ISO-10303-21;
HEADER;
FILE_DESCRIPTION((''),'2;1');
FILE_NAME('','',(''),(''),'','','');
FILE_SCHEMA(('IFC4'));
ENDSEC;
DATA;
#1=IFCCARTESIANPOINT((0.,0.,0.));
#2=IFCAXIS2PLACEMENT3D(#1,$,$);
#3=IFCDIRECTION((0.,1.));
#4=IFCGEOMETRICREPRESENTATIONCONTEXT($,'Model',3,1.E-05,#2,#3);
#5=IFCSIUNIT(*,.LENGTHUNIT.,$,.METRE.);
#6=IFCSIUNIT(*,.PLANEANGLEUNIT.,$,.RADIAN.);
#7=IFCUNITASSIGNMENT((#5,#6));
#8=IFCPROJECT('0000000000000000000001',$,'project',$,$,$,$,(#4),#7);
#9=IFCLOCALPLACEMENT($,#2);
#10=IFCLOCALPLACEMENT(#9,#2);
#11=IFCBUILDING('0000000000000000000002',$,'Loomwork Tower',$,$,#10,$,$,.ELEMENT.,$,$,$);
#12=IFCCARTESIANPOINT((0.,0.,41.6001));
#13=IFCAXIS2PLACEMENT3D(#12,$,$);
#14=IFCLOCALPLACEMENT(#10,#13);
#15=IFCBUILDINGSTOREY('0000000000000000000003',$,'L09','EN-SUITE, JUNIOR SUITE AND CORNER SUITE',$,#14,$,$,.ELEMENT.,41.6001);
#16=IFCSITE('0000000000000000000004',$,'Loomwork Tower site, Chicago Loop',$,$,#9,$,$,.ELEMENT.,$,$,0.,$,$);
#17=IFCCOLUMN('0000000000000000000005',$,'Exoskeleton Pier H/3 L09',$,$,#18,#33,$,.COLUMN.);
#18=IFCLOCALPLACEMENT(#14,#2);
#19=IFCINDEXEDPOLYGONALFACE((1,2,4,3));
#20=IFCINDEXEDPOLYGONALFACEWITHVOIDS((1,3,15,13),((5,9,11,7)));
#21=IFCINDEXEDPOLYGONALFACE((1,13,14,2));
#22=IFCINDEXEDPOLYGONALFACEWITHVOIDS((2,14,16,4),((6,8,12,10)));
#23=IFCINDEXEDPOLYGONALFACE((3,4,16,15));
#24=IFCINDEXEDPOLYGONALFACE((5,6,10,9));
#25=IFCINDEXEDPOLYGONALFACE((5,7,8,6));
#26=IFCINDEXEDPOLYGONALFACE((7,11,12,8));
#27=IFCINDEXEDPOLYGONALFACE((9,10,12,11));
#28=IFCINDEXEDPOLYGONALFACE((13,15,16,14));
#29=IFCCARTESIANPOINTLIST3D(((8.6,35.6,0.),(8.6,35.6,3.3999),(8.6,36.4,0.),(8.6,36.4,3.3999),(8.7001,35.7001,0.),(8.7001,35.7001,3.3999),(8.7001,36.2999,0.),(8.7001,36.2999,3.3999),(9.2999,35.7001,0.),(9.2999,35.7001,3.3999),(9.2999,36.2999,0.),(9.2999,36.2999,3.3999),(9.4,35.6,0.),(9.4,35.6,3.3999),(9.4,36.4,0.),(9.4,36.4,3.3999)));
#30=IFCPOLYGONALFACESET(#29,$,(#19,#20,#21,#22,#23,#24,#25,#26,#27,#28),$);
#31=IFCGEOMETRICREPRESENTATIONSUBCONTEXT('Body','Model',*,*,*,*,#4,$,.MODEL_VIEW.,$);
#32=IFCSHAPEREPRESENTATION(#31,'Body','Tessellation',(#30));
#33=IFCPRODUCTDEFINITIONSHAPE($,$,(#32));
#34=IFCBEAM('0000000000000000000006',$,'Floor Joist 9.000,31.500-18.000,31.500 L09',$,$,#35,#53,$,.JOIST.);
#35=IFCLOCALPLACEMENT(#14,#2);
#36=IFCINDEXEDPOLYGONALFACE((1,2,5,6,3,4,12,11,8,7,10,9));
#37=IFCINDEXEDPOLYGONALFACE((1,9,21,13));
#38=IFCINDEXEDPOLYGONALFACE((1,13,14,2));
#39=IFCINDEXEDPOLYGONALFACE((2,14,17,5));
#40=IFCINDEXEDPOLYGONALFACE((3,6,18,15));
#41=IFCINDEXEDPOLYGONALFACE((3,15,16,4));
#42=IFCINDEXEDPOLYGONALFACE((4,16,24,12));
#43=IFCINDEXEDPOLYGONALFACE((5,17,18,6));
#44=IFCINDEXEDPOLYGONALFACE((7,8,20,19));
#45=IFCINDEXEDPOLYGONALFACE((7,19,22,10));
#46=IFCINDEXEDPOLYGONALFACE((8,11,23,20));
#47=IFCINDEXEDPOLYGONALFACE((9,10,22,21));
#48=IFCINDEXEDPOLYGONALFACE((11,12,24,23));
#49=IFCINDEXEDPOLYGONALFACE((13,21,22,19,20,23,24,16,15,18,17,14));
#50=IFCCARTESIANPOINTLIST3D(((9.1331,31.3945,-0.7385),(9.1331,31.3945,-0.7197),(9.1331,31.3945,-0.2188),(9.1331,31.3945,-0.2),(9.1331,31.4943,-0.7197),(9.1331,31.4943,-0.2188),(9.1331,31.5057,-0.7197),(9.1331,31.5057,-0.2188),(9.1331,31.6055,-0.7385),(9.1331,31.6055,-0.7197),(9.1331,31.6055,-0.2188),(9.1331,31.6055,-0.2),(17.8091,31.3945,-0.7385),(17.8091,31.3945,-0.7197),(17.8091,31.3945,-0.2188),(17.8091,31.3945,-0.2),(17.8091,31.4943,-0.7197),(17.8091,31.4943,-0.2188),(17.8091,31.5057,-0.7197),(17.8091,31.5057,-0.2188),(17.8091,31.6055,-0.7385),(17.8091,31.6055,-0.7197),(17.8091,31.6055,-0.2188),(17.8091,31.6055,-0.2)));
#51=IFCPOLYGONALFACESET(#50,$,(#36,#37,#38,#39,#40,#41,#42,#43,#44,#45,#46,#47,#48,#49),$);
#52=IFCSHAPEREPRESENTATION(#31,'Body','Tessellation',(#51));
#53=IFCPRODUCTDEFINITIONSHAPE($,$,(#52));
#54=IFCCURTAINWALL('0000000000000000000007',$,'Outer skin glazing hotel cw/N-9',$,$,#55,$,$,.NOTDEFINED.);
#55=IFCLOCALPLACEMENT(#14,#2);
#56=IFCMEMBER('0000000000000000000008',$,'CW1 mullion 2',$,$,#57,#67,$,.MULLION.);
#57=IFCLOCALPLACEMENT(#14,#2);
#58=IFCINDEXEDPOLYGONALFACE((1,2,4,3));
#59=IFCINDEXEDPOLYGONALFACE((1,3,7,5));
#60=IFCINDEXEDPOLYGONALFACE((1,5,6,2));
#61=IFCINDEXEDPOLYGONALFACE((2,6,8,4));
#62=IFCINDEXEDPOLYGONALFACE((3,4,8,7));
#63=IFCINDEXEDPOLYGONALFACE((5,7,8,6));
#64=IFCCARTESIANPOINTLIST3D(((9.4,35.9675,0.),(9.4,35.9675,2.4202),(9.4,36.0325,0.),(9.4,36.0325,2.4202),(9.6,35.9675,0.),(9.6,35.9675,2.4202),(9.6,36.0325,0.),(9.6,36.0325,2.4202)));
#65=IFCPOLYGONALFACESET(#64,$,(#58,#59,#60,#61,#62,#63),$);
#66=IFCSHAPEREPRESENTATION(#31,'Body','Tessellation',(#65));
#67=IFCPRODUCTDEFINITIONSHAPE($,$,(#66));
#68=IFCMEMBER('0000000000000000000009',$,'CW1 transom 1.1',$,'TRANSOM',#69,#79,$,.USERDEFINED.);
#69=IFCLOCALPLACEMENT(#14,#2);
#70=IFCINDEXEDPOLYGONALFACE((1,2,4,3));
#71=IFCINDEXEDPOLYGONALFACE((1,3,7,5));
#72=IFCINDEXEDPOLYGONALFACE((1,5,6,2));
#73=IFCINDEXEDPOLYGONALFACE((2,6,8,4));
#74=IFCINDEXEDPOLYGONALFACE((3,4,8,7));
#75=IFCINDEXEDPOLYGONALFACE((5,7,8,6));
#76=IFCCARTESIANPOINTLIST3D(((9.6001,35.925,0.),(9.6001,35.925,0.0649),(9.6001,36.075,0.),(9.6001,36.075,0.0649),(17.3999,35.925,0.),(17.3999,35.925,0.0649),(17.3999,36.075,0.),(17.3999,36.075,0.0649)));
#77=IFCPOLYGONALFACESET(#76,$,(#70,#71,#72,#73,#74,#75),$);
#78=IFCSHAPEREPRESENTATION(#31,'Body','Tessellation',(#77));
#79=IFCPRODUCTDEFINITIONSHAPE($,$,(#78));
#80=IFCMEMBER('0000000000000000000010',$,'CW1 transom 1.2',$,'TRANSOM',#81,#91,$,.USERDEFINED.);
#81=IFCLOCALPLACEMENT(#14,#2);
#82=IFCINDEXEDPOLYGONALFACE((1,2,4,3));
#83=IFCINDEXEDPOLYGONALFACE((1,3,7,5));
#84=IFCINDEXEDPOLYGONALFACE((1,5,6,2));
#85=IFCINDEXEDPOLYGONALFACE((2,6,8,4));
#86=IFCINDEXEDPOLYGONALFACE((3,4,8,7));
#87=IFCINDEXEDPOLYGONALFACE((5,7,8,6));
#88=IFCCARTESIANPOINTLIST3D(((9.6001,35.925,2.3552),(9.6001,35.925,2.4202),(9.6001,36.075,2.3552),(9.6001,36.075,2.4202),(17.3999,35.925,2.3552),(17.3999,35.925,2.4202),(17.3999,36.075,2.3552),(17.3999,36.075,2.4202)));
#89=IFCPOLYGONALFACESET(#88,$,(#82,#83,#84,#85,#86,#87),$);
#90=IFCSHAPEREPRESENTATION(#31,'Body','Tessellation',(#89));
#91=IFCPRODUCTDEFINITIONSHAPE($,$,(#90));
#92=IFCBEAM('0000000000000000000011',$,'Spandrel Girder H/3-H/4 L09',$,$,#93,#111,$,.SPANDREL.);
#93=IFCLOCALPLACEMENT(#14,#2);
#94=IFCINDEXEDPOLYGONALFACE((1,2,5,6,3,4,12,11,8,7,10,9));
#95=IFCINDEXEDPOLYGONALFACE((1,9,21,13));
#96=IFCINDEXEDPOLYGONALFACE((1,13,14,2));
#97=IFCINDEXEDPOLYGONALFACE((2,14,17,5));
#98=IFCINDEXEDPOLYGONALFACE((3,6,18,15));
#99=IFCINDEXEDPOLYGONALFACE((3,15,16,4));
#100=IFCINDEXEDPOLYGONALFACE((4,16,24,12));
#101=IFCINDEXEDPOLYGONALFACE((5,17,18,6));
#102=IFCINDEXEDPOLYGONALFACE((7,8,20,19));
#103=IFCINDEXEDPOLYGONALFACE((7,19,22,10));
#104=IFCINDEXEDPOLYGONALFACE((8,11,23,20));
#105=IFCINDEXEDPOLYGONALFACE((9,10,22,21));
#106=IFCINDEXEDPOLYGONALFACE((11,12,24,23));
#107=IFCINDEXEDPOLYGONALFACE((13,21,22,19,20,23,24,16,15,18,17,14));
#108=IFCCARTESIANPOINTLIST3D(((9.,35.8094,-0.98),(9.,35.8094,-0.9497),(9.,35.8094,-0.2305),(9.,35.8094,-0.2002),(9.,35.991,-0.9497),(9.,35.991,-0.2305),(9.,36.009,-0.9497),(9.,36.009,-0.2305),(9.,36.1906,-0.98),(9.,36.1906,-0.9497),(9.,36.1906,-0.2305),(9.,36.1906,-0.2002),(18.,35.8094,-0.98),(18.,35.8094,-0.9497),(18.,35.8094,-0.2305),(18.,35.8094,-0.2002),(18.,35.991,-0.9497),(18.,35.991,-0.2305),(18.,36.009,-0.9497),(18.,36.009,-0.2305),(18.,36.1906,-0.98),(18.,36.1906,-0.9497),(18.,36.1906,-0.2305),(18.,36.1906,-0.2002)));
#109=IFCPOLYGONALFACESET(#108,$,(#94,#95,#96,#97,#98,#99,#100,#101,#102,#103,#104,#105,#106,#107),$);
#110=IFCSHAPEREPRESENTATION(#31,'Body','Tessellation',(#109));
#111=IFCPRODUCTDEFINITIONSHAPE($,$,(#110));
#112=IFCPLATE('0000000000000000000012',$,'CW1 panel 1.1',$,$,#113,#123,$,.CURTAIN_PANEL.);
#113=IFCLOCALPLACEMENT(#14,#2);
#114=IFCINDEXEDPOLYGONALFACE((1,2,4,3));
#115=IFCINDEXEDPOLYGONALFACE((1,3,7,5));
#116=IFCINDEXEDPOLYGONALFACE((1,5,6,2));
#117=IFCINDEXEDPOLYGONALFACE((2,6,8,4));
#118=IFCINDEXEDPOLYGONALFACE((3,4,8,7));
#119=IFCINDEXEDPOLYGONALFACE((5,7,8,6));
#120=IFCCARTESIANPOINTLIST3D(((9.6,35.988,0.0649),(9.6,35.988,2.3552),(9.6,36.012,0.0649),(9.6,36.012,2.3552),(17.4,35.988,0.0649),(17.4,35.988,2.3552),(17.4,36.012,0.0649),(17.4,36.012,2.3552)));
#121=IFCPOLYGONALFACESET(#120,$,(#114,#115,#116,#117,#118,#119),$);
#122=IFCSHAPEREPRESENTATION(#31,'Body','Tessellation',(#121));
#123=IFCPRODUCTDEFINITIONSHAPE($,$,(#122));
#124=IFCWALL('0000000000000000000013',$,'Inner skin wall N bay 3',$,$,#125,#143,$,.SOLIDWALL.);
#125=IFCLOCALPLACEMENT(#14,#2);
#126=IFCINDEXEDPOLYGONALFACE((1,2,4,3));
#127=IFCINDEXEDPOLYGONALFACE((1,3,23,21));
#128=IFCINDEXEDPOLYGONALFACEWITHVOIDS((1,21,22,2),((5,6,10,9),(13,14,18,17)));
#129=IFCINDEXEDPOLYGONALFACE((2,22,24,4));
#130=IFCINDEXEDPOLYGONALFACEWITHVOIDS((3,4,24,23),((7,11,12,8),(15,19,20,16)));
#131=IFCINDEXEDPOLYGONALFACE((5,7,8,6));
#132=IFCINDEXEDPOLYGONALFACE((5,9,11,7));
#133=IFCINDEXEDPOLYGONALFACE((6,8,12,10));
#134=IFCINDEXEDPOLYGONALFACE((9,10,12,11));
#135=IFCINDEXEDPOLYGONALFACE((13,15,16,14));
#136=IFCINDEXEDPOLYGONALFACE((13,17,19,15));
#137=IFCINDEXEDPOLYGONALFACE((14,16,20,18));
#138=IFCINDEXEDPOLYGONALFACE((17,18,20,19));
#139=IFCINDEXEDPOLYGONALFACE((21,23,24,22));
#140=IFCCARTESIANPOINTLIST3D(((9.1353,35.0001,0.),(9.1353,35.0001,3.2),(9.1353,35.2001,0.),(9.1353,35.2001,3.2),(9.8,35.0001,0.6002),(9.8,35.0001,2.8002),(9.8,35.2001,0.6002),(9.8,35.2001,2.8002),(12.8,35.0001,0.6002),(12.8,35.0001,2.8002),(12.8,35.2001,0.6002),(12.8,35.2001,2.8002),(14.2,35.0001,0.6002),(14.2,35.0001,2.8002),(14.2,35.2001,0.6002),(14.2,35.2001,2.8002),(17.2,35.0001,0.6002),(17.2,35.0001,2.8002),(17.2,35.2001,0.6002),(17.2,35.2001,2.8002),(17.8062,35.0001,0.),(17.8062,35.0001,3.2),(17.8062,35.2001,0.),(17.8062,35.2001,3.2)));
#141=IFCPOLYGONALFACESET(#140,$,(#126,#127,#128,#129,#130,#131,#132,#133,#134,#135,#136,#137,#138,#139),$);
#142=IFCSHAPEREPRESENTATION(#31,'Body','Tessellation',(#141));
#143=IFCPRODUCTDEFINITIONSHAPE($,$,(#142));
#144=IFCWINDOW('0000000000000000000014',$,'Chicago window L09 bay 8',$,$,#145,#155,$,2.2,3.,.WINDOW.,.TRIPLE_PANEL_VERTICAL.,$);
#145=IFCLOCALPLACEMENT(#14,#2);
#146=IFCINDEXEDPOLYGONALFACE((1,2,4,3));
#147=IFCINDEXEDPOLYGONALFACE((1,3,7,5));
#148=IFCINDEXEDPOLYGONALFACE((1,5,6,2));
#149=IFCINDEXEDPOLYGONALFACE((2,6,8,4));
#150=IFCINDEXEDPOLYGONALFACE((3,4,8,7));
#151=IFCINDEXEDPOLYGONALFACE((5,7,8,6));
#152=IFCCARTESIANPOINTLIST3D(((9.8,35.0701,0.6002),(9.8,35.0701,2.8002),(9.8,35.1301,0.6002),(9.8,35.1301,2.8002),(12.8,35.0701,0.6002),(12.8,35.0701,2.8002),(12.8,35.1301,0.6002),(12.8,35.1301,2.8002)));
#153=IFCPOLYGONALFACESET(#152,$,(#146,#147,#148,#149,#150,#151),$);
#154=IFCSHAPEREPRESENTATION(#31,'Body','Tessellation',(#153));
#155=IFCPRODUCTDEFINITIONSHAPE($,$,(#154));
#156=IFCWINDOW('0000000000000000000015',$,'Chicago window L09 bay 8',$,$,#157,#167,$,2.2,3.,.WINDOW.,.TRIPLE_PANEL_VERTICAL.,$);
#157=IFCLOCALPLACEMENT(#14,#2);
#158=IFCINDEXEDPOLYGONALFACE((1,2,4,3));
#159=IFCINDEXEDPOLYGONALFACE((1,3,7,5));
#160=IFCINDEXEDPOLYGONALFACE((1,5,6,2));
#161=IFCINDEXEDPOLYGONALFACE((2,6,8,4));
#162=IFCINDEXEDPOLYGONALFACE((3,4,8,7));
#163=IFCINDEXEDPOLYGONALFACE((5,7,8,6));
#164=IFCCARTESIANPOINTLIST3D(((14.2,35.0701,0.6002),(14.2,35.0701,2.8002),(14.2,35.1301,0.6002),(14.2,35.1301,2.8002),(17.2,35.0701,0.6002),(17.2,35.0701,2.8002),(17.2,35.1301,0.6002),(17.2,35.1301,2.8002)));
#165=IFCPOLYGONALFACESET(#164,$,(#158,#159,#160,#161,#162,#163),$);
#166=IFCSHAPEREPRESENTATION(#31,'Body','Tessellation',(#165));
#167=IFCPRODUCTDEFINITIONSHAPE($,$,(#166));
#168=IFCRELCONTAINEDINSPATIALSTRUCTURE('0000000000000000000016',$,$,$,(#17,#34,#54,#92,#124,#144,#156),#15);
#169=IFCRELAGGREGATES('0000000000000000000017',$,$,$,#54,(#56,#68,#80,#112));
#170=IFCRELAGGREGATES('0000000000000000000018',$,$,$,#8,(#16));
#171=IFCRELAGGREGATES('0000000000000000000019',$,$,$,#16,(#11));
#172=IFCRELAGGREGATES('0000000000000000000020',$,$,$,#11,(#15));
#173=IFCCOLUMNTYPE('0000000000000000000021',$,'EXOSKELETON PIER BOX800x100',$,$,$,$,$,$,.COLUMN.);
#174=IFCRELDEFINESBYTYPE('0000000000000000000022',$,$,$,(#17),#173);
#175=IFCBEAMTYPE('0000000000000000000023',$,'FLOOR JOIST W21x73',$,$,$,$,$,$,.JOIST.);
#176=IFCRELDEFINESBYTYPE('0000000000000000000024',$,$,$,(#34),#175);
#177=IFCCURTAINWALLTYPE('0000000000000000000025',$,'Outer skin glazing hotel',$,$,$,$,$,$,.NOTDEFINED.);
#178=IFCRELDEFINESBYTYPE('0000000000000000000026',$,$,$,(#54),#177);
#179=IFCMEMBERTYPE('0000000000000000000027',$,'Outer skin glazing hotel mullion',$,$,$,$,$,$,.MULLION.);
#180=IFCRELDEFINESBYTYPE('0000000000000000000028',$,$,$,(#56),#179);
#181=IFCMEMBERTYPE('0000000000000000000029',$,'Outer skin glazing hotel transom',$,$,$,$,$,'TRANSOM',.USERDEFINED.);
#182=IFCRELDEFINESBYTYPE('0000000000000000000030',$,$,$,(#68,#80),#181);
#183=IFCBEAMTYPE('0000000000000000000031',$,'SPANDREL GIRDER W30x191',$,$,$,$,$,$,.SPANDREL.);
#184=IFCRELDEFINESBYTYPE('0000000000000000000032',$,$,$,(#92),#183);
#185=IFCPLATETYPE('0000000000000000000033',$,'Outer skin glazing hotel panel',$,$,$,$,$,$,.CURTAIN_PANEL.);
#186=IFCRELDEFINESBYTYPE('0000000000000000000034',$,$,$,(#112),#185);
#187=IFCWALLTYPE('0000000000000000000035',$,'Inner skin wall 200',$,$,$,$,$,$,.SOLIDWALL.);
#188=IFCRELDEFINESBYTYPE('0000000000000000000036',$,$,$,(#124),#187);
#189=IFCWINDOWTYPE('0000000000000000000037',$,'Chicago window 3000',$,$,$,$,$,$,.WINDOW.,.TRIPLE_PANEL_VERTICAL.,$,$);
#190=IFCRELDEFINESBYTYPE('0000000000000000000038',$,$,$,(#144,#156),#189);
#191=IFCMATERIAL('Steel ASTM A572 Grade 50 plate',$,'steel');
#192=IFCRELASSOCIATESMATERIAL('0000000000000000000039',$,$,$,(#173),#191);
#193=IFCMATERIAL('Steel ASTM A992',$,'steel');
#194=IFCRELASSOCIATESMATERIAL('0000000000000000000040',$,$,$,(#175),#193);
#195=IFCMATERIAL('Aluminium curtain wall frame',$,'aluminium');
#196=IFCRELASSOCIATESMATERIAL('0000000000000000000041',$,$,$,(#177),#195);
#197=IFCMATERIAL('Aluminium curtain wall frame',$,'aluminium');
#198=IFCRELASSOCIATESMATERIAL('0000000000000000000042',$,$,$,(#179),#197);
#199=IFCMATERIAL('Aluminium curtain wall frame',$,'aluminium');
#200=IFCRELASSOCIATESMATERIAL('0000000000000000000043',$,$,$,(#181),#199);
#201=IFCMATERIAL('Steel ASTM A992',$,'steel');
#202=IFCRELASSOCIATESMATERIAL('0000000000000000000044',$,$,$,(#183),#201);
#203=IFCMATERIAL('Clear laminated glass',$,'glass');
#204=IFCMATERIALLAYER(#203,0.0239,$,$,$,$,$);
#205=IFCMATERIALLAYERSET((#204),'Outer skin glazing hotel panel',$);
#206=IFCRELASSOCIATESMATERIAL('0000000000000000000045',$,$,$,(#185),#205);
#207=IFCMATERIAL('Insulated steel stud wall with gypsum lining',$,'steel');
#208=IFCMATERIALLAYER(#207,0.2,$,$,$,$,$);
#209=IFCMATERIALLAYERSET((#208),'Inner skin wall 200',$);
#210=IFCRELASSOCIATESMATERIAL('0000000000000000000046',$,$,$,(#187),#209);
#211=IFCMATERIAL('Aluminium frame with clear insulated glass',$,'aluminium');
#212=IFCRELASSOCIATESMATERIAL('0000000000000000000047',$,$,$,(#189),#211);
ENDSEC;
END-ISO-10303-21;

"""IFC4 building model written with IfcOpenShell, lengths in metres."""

from ifc_helpers import new_model, si_unit, direction, frame, frame_2d, origin, origin_2d, place, context, subcontext, project, spatial, rectangle, hollow_rectangle, i_section, extrude, material, layer, layer_set, material_profile, profile_set, type_object, element, fill, aggregate, save


model = new_model("IFC4")

# Units and contexts
model_context = context("Model", 3, precision=1e-05, world=origin(), true_north=direction((0.0, 1.0)))
body_context = subcontext(model_context, "Body", "Model", "MODEL_VIEW")
ifc_project = project(units=[si_unit("LENGTHUNIT", "METRE"), si_unit("PLANEANGLEUNIT", "RADIAN")], contexts=[model_context])

# Site, building, storey
site_placement = place(None, origin())
site = spatial("IfcSite", under=ifc_project, at=site_placement, Name="Loomwork Tower site, Chicago Loop", CompositionType="ELEMENT", RefElevation=0.0)
building_placement = place(site_placement, origin())
building = spatial("IfcBuilding", under=site, at=building_placement, Name="Loomwork Tower", CompositionType="ELEMENT")
storey_placement = place(building_placement, frame((0.0, 0.0, 41.6001)))
storey = spatial("IfcBuildingStorey", under=building, at=storey_placement, Name="L09", Description="EN-SUITE, JUNIOR SUITE AND CORNER SUITE", CompositionType="ELEMENT", Elevation=41.6001)

# Column
ifc_material_1 = material(Name="Steel ASTM A572 Grade 50 plate", Category="steel")
ifc_material_profile_1 = material_profile(ifc_material_1, hollow_rectangle(XDim=0.8, YDim=0.8, WallThickness=0.1001, at=origin_2d()), Name="BOX800x100")
ifc_profile_set_1 = profile_set([ifc_material_profile_1], Name="Steel ASTM A572 Grade 50 plate")
column_type = type_object("IfcColumnType", Name="EXOSKELETON PIER BOX800x100", PredefinedType="COLUMN", material=ifc_profile_set_1)
column_placement = place(storey_placement, frame((9.0, 36.0, 0.0), z_axis=(0.0, 0.0, 1.0), x_axis=(1.0, 0.0, 0.0)))
element("IfcColumn", 1, at=column_placement, inside=storey, type_object=column_type, Name="Exoskeleton Pier H/3 L09", PredefinedType="COLUMN", context=body_context, shape_type="SweptSolid", body=[
    extrude(hollow_rectangle(XDim=0.8, YDim=0.8, WallThickness=0.1001, at=origin_2d()), origin(), (0.0, 0.0, 1.0), 3.3999),
])

# Beam
ifc_material_2 = material(Name="Steel ASTM A992", Category="steel")
ifc_material_profile_2 = material_profile(ifc_material_2, i_section(OverallWidth=0.2109, OverallDepth=0.5386, WebThickness=0.0115, FlangeThickness=0.0188, at=origin_2d()), Name="W21x73")
ifc_profile_set_2 = profile_set([ifc_material_profile_2], Name="Steel ASTM A992")
beam_type_1 = type_object("IfcBeamType", Name="FLOOR JOIST W21x73", PredefinedType="JOIST", material=ifc_profile_set_2)
beam_1_placement = place(storey_placement, frame((9.1331, 31.5, -0.4692), z_axis=(1.0, 0.0, 0.0), x_axis=(0.0, 1.0, 0.0)))
element("IfcBeam", 2, at=beam_1_placement, inside=storey, type_object=beam_type_1, Name="Floor Joist 9.000,31.500-18.000,31.500 L09", PredefinedType="JOIST", context=body_context, shape_type="SweptSolid", body=[
    extrude(i_section(OverallWidth=0.2109, OverallDepth=0.5386, WebThickness=0.0115, FlangeThickness=0.0188, at=origin_2d()), origin(), (0.0, 0.0, 1.0), 8.676),
])

# Curtain wall, members
ifc_material_3 = material(Name="Aluminium curtain wall frame", Category="aluminium")
curtain_wall_type = type_object("IfcCurtainWallType", Name="Outer skin glazing hotel", PredefinedType="NOTDEFINED", material=ifc_material_3)
curtain_wall_placement = place(storey_placement, origin())
curtain_wall = element("IfcCurtainWall", 3, at=curtain_wall_placement, inside=storey, type_object=curtain_wall_type, Name="Outer skin glazing hotel cw/N-9", PredefinedType="NOTDEFINED")
ifc_material_4 = material(Name="Aluminium curtain wall frame", Category="aluminium")
ifc_material_profile_3 = material_profile(ifc_material_4, rectangle(XDim=0.0649, YDim=0.2, at=origin_2d()), Name="AL 65x200")
ifc_profile_set_3 = profile_set([ifc_material_profile_3], Name="Aluminium curtain wall frame")
member_type_1 = type_object("IfcMemberType", Name="Outer skin glazing hotel mullion", PredefinedType="MULLION", material=ifc_profile_set_3)
member_1_placement = place(storey_placement, frame((9.5, 36.0, 0.0), z_axis=(0.0, 0.0, 1.0), x_axis=(0.0, -1.0, 0.0)))
member_1 = element("IfcMember", 4, at=member_1_placement, type_object=member_type_1, Name="CW1 mullion 2", PredefinedType="MULLION", context=body_context, shape_type="SweptSolid", body=[
    extrude(rectangle(XDim=0.0649, YDim=0.2, at=origin_2d()), origin(), (0.0, 0.0, 1.0), 2.4202),
])
ifc_material_5 = material(Name="Aluminium curtain wall frame", Category="aluminium")
ifc_material_profile_4 = material_profile(ifc_material_5, rectangle(XDim=0.1499, YDim=0.0649, at=origin_2d()), Name="AL 65x150")
ifc_profile_set_4 = profile_set([ifc_material_profile_4], Name="Aluminium curtain wall frame")
member_type_2 = type_object("IfcMemberType", Name="Outer skin glazing hotel transom", ElementType="TRANSOM", PredefinedType="USERDEFINED", material=ifc_profile_set_4)
member_2_placement = place(storey_placement, frame((17.3999, 36.0, 0.0325), z_axis=(-1.0, 0.0, 0.0), x_axis=(0.0, -1.0, 0.0)))
member_2 = element("IfcMember", 5, at=member_2_placement, type_object=member_type_2, Name="CW1 transom 1.1", ObjectType="TRANSOM", PredefinedType="USERDEFINED", context=body_context, shape_type="SweptSolid", body=[
    extrude(rectangle(XDim=0.1499, YDim=0.0649, at=origin_2d()), origin(), (0.0, 0.0, 1.0), 7.7998),
])
member_3_placement = place(storey_placement, frame((17.3999, 36.0, 2.3877), z_axis=(-1.0, 0.0, 0.0), x_axis=(0.0, -1.0, 0.0)))
member_3 = element("IfcMember", 6, at=member_3_placement, type_object=member_type_2, Name="CW1 transom 1.2", ObjectType="TRANSOM", PredefinedType="USERDEFINED", context=body_context, shape_type="SweptSolid", body=[
    extrude(rectangle(XDim=0.1499, YDim=0.0649, at=origin_2d()), origin(), (0.0, 0.0, 1.0), 7.7998),
])

# Beam
ifc_material_6 = material(Name="Steel ASTM A992", Category="steel")
ifc_material_profile_5 = material_profile(ifc_material_6, i_section(OverallWidth=0.3811, OverallDepth=0.7798, WebThickness=0.0181, FlangeThickness=0.0303, at=origin_2d()), Name="W30x191")
ifc_profile_set_5 = profile_set([ifc_material_profile_5], Name="Steel ASTM A992")
beam_type_2 = type_object("IfcBeamType", Name="SPANDREL GIRDER W30x191", PredefinedType="SPANDREL", material=ifc_profile_set_5)
beam_2_placement = place(storey_placement, frame((9.0, 36.0, -0.5901), z_axis=(1.0, 0.0, 0.0), x_axis=(0.0, 1.0, 0.0)))
element("IfcBeam", 7, at=beam_2_placement, inside=storey, type_object=beam_type_2, Name="Spandrel Girder H/3-H/4 L09", PredefinedType="SPANDREL", context=body_context, shape_type="SweptSolid", body=[
    extrude(i_section(OverallWidth=0.3811, OverallDepth=0.7798, WebThickness=0.0181, FlangeThickness=0.0303, at=origin_2d()), origin(), (0.0, 0.0, 1.0), 9.0),
])

# Plate
ifc_material_7 = material(Name="Clear laminated glass", Category="glass")
ifc_layer_1 = layer(ifc_material_7, 0.0239)
ifc_layer_set_1 = layer_set([ifc_layer_1], Name="Outer skin glazing hotel panel")
plate_type = type_object("IfcPlateType", Name="Outer skin glazing hotel panel", PredefinedType="CURTAIN_PANEL", material=ifc_layer_set_1)
plate_placement = place(storey_placement, frame((13.5, 36.0, 0.0649), z_axis=(0.0, 0.0, 1.0), x_axis=(-1.0, 0.0, 0.0)))
plate = element("IfcPlate", 8, at=plate_placement, type_object=plate_type, Name="CW1 panel 1.1", PredefinedType="CURTAIN_PANEL", context=body_context, shape_type="SweptSolid", body=[
    extrude(rectangle(XDim=7.8, YDim=0.0239, at=origin_2d()), origin(), (0.0, 0.0, 1.0), 2.2903),
])
aggregate(curtain_wall, [member_1, member_2, member_3, plate])

# Wall, openings, windows
ifc_material_8 = material(Name="Insulated steel stud wall with gypsum lining", Category="steel")
ifc_layer_2 = layer(ifc_material_8, 0.2)
ifc_layer_set_2 = layer_set([ifc_layer_2], Name="Inner skin wall 200")
wall_type = type_object("IfcWallType", Name="Inner skin wall 200", PredefinedType="SOLIDWALL", material=ifc_layer_set_2)
wall_placement = place(storey_placement, frame((9.1353, 35.1001, 0.0), z_axis=(0.0, 0.0, 1.0), x_axis=(1.0, 0.0, 0.0)))
wall = element("IfcWall", 9, at=wall_placement, inside=storey, type_object=wall_type, Name="Inner skin wall N bay 3", PredefinedType="SOLIDWALL", context=body_context, shape_type="SweptSolid", body=[
    extrude(rectangle(XDim=8.6709, YDim=0.2, at=frame_2d((4.3354, 0.0))), origin(), (0.0, 0.0, 1.0), 3.2),
])
opening_1_placement = place(wall_placement, frame((0.6648, 0.0, 0.6001)))
opening_1 = element("IfcOpeningElement", 10, at=opening_1_placement, cuts=wall, PredefinedType="OPENING", context=body_context, shape_type="SweptSolid", body=[
    extrude(rectangle(XDim=3.0, YDim=2.2, at=frame_2d((1.5, 1.1001))), frame((0.0, 0.1099, 0.0), z_axis=(0.0, -1.0, 0.0), x_axis=(1.0, 0.0, 0.0)), (0.0, 0.0, 1.0), 0.22),
])
opening_2_placement = place(wall_placement, frame((5.0647, 0.0, 0.6001)))
opening_2 = element("IfcOpeningElement", 11, at=opening_2_placement, cuts=wall, PredefinedType="OPENING", context=body_context, shape_type="SweptSolid", body=[
    extrude(rectangle(XDim=3.0, YDim=2.2, at=frame_2d((1.5, 1.1001))), frame((0.0, 0.1099, 0.0), z_axis=(0.0, -1.0, 0.0), x_axis=(1.0, 0.0, 0.0)), (0.0, 0.0, 1.0), 0.22),
])
ifc_material_9 = material(Name="Aluminium frame with clear insulated glass", Category="aluminium")
window_type = type_object("IfcWindowType", Name="Chicago window 3000", PartitioningType="TRIPLE_PANEL_VERTICAL", PredefinedType="WINDOW", material=ifc_material_9)
window_1_placement = place(opening_1_placement, origin())
window_1 = element("IfcWindow", 12, at=window_1_placement, inside=storey, type_object=window_type, Name="Chicago window L09 bay 8", OverallHeight=2.2, OverallWidth=3.0, PartitioningType="TRIPLE_PANEL_VERTICAL", PredefinedType="WINDOW", context=body_context, shape_type="SweptSolid", body=[
    extrude(rectangle(XDim=3.0, YDim=2.2, at=frame_2d((1.5, 1.1001))), frame((0.0, 0.03, 0.0), z_axis=(0.0, -1.0, 0.0), x_axis=(1.0, 0.0, 0.0)), (0.0, 0.0, 1.0), 0.0601),
])
fill(opening_1, window_1)
window_2_placement = place(opening_2_placement, origin())
window_2 = element("IfcWindow", 13, at=window_2_placement, inside=storey, type_object=window_type, Name="Chicago window L09 bay 8", OverallHeight=2.2, OverallWidth=3.0, PartitioningType="TRIPLE_PANEL_VERTICAL", PredefinedType="WINDOW", context=body_context, shape_type="SweptSolid", body=[
    extrude(rectangle(XDim=3.0, YDim=2.2, at=frame_2d((1.5, 1.1001))), frame((0.0, 0.03, 0.0), z_axis=(0.0, -1.0, 0.0), x_axis=(1.0, 0.0, 0.0)), (0.0, 0.0, 1.0), 0.0601),
])
fill(opening_2, window_2)

save(model, "model.ifc")
